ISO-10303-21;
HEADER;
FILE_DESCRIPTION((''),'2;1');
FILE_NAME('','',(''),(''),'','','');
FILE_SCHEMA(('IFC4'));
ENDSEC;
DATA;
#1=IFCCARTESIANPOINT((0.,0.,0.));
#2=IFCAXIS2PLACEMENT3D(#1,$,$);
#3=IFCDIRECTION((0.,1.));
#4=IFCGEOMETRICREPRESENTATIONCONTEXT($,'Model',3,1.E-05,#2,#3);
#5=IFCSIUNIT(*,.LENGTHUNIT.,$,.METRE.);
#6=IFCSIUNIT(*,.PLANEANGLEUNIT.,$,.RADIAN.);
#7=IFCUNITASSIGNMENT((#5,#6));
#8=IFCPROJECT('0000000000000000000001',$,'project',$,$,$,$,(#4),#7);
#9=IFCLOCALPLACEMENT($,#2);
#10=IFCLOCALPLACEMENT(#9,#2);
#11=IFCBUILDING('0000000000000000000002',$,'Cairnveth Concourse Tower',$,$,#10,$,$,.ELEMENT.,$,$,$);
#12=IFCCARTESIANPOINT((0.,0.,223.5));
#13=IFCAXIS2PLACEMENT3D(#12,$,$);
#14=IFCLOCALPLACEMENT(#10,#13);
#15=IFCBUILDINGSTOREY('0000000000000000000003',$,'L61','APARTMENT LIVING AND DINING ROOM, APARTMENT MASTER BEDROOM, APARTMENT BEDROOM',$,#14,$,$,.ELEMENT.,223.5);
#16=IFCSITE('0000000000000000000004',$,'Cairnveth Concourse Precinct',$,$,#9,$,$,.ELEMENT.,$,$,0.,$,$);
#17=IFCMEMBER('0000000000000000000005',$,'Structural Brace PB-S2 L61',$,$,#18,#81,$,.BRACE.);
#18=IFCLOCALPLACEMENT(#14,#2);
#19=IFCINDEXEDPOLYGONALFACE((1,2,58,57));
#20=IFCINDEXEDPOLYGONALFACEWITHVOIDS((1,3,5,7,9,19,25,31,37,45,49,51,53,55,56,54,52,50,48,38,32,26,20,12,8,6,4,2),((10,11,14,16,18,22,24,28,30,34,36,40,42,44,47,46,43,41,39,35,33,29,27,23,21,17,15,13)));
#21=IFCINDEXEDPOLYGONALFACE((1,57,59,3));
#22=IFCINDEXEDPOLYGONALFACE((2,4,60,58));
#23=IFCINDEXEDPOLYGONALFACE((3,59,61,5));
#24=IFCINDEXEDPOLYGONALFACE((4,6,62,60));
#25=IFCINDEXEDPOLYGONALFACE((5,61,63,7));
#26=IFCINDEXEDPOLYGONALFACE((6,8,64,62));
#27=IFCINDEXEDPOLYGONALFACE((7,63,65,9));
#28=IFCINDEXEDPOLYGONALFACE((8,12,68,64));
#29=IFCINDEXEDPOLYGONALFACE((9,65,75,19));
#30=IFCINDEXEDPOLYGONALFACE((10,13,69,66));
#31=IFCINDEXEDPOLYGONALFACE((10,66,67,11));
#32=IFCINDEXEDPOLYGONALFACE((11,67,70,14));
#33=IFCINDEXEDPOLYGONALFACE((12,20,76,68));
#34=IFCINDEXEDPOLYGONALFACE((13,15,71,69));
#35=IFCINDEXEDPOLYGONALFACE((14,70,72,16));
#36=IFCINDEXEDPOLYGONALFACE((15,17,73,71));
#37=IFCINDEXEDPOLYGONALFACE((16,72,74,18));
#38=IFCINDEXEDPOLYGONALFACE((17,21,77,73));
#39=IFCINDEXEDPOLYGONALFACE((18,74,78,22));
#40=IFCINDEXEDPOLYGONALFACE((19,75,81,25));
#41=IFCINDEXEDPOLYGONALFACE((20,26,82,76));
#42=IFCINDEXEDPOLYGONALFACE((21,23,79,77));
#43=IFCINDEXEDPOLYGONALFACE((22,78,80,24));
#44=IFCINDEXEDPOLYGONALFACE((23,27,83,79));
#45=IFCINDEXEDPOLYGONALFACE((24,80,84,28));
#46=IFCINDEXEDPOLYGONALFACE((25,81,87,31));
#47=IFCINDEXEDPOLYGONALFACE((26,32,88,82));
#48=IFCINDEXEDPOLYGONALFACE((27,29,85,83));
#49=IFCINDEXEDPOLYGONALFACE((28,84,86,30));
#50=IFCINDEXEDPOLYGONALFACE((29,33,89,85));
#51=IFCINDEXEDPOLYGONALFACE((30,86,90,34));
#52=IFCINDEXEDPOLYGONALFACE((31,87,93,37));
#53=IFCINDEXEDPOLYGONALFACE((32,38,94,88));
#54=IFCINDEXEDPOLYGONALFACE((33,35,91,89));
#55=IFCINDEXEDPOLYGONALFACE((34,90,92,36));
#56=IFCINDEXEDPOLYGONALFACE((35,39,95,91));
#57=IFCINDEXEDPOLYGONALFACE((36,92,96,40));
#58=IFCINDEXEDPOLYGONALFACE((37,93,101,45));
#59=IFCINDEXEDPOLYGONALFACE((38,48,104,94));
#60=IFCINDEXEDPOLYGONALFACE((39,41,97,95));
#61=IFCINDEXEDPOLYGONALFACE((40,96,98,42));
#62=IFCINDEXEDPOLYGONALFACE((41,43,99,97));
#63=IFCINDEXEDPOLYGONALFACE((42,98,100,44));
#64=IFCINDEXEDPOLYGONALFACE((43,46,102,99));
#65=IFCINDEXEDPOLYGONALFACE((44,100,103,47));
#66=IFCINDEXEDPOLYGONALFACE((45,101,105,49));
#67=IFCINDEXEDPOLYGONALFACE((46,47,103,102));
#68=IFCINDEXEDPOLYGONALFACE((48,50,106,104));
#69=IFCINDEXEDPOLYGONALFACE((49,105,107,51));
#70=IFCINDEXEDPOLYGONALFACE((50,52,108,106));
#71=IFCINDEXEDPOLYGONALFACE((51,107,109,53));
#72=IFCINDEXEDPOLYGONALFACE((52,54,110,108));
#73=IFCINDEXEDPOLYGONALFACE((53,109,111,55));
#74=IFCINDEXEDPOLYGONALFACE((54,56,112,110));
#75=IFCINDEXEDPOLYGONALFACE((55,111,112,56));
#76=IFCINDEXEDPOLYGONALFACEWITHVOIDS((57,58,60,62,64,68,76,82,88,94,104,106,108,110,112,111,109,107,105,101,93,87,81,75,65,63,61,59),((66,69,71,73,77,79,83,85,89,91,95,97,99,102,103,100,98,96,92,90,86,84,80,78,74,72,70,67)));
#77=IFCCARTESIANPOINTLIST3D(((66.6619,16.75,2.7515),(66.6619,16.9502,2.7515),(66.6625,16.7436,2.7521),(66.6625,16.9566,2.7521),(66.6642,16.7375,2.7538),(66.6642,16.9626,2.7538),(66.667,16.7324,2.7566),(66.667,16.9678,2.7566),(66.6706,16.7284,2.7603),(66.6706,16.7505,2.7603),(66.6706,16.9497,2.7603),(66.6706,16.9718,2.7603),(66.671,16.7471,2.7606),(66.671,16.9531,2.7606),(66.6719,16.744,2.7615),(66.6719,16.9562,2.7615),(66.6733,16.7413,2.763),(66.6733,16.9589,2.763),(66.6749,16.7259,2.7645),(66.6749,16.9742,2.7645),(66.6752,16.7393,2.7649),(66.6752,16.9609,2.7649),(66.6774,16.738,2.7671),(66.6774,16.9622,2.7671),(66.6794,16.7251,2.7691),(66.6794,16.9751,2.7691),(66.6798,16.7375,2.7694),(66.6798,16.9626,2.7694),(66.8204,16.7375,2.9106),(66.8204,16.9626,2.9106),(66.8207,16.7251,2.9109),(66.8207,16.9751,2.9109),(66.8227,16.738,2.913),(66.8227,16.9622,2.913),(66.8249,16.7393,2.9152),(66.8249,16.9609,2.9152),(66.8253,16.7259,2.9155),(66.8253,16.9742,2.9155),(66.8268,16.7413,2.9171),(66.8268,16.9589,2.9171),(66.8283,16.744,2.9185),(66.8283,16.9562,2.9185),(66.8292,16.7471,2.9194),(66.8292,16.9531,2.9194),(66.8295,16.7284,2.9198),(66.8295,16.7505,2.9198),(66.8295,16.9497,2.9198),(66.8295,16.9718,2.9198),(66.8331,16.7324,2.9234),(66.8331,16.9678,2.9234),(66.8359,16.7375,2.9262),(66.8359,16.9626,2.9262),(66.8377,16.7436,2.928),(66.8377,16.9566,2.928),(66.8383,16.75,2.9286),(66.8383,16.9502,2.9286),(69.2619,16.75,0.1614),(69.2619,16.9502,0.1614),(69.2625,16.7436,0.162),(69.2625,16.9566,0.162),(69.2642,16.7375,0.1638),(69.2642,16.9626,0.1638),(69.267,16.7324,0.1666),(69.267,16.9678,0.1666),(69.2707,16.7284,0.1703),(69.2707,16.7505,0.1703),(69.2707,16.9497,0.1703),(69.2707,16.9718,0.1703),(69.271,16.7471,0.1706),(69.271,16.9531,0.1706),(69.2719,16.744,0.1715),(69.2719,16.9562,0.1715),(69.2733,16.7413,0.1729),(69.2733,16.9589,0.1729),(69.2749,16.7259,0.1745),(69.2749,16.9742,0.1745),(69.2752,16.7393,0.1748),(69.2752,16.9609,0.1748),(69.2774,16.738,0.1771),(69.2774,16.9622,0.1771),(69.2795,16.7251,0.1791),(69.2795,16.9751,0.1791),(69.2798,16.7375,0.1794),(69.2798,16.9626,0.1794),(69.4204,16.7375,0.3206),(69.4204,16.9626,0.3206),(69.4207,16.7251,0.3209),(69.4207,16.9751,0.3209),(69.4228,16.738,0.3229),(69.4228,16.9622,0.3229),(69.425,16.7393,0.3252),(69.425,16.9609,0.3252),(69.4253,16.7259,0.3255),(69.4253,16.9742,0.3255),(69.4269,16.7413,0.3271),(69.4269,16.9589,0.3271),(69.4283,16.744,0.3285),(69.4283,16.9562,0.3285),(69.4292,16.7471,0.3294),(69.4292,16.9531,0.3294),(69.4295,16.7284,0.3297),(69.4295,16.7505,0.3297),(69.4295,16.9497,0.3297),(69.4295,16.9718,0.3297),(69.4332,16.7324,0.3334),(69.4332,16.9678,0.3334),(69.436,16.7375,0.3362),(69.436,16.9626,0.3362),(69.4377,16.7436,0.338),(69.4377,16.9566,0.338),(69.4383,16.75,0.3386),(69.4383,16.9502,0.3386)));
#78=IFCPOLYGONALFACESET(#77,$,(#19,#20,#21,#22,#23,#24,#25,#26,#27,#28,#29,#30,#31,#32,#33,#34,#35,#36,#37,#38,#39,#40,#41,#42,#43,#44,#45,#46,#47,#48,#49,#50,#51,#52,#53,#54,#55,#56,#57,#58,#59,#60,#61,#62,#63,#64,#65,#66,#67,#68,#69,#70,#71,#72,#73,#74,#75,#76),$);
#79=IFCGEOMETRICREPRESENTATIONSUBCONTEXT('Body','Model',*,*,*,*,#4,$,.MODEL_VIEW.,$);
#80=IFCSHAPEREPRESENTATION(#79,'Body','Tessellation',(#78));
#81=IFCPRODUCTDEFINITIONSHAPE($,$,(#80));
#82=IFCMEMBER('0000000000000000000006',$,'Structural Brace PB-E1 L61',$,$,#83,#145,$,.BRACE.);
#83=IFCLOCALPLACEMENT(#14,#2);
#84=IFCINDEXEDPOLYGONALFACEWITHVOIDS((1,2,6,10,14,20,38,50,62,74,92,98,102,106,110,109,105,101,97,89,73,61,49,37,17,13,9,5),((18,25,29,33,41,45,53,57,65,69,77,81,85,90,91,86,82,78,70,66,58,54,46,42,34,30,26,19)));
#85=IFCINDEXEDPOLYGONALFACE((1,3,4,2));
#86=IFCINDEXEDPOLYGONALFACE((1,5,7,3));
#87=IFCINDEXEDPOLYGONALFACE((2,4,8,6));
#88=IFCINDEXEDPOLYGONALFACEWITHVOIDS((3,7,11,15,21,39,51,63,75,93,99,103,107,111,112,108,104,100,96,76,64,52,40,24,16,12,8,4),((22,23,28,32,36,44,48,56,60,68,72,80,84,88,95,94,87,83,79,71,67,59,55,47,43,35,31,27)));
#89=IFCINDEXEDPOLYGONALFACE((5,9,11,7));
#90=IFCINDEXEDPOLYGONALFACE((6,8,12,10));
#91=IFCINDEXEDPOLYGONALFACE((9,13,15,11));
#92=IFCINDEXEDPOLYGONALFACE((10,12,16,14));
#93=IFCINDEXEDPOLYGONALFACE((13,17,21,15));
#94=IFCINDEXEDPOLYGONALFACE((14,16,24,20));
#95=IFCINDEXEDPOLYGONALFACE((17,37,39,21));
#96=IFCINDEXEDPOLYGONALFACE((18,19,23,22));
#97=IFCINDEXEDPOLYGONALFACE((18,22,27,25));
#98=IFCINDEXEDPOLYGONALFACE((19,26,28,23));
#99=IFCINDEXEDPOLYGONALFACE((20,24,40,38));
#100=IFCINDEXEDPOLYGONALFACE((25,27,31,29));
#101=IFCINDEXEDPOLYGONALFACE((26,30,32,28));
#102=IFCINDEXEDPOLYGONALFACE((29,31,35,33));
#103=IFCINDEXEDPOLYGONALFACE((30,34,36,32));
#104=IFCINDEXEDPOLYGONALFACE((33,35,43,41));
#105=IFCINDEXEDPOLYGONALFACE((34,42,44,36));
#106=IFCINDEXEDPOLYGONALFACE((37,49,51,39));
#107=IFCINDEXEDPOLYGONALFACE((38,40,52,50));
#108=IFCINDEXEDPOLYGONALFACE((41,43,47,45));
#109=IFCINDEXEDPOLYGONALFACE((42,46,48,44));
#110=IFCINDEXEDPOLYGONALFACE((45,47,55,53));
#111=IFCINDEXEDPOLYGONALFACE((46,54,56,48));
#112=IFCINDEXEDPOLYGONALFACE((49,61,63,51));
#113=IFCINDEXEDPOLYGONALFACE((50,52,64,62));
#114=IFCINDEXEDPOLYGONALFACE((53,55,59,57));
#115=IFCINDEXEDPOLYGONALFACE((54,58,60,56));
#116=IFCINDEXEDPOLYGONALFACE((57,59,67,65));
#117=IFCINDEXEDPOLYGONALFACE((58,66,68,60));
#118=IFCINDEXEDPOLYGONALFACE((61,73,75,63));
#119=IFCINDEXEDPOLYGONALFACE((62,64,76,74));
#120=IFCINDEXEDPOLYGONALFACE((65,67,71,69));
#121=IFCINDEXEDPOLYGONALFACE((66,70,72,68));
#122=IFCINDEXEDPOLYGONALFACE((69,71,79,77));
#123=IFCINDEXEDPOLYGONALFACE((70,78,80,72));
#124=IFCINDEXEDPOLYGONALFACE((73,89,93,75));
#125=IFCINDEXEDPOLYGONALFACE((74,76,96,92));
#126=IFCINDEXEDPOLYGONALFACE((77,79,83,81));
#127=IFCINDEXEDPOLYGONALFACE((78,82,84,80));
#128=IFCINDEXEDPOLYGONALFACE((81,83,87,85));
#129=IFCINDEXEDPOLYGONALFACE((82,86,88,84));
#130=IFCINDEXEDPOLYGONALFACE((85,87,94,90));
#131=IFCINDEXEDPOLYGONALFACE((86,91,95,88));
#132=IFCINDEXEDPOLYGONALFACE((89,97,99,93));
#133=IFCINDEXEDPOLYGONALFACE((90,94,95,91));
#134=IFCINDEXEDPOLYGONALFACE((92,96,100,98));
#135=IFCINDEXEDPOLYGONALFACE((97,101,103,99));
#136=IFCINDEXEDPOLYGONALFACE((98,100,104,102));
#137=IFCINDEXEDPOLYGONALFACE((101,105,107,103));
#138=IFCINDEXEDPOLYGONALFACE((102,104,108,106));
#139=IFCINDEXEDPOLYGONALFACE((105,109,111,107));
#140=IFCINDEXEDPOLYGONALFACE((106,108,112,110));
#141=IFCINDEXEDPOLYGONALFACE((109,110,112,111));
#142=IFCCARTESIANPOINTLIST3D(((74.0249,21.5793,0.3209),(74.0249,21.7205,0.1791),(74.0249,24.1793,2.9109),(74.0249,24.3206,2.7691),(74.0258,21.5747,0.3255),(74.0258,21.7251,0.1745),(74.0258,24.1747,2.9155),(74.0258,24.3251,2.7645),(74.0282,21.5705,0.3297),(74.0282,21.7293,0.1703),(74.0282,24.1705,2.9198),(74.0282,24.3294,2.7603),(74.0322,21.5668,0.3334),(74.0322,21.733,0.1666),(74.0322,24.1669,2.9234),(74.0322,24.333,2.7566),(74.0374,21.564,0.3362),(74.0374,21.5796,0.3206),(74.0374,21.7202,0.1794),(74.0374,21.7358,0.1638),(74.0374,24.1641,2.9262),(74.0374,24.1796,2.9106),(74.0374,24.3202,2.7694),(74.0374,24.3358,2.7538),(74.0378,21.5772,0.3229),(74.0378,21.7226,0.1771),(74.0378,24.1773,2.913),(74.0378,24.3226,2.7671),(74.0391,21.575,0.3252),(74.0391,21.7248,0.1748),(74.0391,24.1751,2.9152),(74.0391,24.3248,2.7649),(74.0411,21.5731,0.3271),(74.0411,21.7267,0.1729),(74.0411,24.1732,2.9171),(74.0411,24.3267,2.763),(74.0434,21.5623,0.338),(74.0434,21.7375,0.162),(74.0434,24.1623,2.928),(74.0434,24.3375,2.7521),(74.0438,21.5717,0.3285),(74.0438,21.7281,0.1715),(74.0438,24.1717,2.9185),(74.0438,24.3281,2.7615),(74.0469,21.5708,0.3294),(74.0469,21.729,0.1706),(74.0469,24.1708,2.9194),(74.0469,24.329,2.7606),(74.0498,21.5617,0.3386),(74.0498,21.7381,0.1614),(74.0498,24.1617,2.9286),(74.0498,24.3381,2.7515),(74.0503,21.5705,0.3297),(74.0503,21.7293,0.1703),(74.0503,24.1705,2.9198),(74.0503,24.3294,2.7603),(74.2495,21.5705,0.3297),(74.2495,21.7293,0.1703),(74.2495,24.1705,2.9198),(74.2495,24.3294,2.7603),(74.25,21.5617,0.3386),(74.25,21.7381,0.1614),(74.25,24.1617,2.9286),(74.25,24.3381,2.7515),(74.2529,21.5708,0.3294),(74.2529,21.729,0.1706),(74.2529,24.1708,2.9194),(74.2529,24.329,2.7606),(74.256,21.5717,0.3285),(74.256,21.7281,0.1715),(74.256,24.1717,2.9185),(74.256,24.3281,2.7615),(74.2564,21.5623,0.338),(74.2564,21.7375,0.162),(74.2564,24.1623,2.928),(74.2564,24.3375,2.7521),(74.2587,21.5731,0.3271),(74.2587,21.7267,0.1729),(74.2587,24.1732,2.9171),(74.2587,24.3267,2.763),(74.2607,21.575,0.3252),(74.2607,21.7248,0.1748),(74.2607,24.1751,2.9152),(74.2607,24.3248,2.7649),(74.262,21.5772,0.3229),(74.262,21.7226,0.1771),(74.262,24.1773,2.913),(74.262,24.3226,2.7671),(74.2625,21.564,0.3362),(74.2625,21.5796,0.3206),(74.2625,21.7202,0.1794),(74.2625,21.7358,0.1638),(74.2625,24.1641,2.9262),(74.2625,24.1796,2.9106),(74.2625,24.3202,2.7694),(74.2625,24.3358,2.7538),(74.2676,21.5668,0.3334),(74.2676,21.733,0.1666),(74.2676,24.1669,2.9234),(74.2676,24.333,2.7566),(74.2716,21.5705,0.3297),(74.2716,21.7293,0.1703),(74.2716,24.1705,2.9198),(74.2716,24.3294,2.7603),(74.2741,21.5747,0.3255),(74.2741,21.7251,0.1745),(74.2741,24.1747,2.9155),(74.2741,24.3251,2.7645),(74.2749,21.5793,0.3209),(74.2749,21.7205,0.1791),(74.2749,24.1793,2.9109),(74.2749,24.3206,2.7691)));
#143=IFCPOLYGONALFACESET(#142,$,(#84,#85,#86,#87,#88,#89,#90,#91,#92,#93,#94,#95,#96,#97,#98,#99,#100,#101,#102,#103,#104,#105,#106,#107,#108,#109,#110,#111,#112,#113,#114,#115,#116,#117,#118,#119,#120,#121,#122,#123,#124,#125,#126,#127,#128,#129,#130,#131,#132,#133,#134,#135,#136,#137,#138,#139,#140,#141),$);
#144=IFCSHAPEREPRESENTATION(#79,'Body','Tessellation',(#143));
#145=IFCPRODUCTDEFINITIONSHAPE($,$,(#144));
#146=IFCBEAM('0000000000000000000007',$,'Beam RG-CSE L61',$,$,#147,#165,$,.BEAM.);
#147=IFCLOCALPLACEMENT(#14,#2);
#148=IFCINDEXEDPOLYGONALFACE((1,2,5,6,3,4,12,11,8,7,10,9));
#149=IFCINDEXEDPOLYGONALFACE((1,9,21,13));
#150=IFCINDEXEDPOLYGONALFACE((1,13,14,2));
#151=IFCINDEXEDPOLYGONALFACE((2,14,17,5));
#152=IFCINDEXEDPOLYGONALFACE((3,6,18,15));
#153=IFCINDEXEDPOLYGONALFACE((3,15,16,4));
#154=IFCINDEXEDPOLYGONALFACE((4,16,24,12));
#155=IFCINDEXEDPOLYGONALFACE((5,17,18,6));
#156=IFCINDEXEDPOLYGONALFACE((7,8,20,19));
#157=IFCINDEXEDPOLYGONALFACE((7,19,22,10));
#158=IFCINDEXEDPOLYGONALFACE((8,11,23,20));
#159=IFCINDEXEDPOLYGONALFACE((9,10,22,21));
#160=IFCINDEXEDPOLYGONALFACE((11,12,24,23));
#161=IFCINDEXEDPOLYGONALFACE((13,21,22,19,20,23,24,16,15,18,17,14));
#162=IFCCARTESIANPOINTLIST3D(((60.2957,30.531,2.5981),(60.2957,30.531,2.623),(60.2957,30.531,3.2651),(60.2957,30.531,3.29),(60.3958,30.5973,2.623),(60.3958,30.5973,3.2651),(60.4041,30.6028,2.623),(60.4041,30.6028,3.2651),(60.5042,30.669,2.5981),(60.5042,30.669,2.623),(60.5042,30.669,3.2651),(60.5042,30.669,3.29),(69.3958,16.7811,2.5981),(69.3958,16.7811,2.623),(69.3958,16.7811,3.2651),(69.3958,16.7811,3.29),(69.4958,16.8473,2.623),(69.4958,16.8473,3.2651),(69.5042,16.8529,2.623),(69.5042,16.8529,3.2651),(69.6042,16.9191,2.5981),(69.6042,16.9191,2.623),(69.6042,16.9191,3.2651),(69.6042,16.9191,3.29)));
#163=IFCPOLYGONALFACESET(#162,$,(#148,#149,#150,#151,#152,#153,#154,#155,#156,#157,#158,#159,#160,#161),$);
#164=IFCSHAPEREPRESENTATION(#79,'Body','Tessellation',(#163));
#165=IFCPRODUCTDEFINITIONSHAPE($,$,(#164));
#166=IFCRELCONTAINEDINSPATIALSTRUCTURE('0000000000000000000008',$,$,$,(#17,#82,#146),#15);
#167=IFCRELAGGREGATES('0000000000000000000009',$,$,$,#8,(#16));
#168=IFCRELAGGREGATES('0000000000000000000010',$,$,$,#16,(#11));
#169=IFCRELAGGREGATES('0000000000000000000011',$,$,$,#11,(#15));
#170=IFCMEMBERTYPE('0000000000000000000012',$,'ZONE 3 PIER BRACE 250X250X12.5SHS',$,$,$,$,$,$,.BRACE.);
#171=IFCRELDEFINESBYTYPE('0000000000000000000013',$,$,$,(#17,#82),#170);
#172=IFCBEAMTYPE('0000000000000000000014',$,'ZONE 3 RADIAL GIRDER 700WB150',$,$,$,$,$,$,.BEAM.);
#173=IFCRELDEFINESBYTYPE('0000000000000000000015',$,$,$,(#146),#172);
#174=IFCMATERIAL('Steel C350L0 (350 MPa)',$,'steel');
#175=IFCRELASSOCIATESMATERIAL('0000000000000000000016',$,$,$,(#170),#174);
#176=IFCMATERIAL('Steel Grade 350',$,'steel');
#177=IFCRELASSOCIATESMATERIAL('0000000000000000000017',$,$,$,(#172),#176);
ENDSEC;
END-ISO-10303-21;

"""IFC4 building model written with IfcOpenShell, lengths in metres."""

from ifc_helpers import new_model, si_unit, direction, frame, origin, origin_2d, place, context, subcontext, project, spatial, hollow_rectangle, i_section, extrude, material, material_profile, profile_set, type_object, element, save


model = new_model("IFC4")

# Units and contexts
model_context = context("Model", 3, precision=1e-05, world=origin(), true_north=direction((0.0, 1.0)))
body_context = subcontext(model_context, "Body", "Model", "MODEL_VIEW")
ifc_project = project(units=[si_unit("LENGTHUNIT", "METRE"), si_unit("PLANEANGLEUNIT", "RADIAN")], contexts=[model_context])

# Site, building, storey
site_placement = place(None, origin())
site = spatial("IfcSite", under=ifc_project, at=site_placement, Name="Cairnveth Concourse Precinct", CompositionType="ELEMENT", RefElevation=0.0)
building_placement = place(site_placement, origin())
building = spatial("IfcBuilding", under=site, at=building_placement, Name="Cairnveth Concourse Tower", CompositionType="ELEMENT")
storey_placement = place(building_placement, frame((0.0, 0.0, 223.5)))
storey = spatial("IfcBuildingStorey", under=building, at=storey_placement, Name="L61", Description="APARTMENT LIVING AND DINING ROOM, APARTMENT MASTER BEDROOM, APARTMENT BEDROOM", CompositionType="ELEMENT", Elevation=223.5)

# Shared definitions
ifc_material_1 = material(Name="Steel Grade 350", Category="steel")

# Members
ifc_material_2 = material(Name="Steel C350L0 (350 MPa)", Category="steel")
ifc_material_profile_1 = material_profile(ifc_material_2, hollow_rectangle(XDim=0.25, YDim=0.25, WallThickness=0.0125, InnerFilletRadius=0.0129, OuterFilletRadius=0.0249, at=origin_2d()), Name="250x250x12.5SHS")
ifc_profile_set_1 = profile_set([ifc_material_profile_1], Name="Steel C350L0 (350 MPa)")
member_type = type_object("IfcMemberType", Name="ZONE 3 PIER BRACE 250X250X12.5SHS", PredefinedType="BRACE", material=ifc_profile_set_1)
for number, where, z_axis, x_axis, name in (
    (1, (69.3501, 16.8501, 0.25), (-0.708469, 0.0, 0.705742), (0.0, -1.0, 0.0), "Structural Brace PB-S2 L61"),
    (2, (74.1499, 21.6499, 0.25), (0.0, 0.708469, 0.705742), (-1.0, 0.0, 0.0), "Structural Brace PB-E1 L61"),
):
    element("IfcMember", number, at=place(storey_placement, frame(where, z_axis=z_axis, x_axis=x_axis)), inside=storey, type_object=member_type, Name=name, PredefinedType="BRACE", context=body_context, shape_type="SweptSolid", body=[
        extrude(hollow_rectangle(XDim=0.25, YDim=0.25, WallThickness=0.0125, InnerFilletRadius=0.0129, OuterFilletRadius=0.0249, at=origin_2d()), origin(), (0.0, 0.0, 1.0), 3.6699),
    ])

# Beam
ifc_material_profile_2 = material_profile(ifc_material_1, i_section(OverallWidth=0.25, OverallDepth=0.6919, WebThickness=0.01, FlangeThickness=0.0249, at=origin_2d()), Name="700WB150")
ifc_profile_set_2 = profile_set([ifc_material_profile_2], Name="Steel Grade 350")
beam_type_1 = type_object("IfcBeamType", Name="ZONE 3 RADIAL GIRDER 700WB150", PredefinedType="BEAM", material=ifc_profile_set_2)
beam_1_placement = place(storey_placement, frame((69.5, 16.8501, 2.9441), z_axis=(-0.551902, 0.833909, 0.0), x_axis=(-0.833909, -0.551902, 0.0)))
element("IfcBeam", 3, at=beam_1_placement, inside=storey, type_object=beam_type_1, Name="Beam RG-CSE L61", PredefinedType="BEAM", context=body_context, shape_type="SweptSolid", body=[
    extrude(i_section(OverallWidth=0.25, OverallDepth=0.6919, WebThickness=0.01, FlangeThickness=0.0249, at=origin_2d()), origin(), (0.0, 0.0, 1.0), 16.4885),
])

save(model, "model.ifc")
